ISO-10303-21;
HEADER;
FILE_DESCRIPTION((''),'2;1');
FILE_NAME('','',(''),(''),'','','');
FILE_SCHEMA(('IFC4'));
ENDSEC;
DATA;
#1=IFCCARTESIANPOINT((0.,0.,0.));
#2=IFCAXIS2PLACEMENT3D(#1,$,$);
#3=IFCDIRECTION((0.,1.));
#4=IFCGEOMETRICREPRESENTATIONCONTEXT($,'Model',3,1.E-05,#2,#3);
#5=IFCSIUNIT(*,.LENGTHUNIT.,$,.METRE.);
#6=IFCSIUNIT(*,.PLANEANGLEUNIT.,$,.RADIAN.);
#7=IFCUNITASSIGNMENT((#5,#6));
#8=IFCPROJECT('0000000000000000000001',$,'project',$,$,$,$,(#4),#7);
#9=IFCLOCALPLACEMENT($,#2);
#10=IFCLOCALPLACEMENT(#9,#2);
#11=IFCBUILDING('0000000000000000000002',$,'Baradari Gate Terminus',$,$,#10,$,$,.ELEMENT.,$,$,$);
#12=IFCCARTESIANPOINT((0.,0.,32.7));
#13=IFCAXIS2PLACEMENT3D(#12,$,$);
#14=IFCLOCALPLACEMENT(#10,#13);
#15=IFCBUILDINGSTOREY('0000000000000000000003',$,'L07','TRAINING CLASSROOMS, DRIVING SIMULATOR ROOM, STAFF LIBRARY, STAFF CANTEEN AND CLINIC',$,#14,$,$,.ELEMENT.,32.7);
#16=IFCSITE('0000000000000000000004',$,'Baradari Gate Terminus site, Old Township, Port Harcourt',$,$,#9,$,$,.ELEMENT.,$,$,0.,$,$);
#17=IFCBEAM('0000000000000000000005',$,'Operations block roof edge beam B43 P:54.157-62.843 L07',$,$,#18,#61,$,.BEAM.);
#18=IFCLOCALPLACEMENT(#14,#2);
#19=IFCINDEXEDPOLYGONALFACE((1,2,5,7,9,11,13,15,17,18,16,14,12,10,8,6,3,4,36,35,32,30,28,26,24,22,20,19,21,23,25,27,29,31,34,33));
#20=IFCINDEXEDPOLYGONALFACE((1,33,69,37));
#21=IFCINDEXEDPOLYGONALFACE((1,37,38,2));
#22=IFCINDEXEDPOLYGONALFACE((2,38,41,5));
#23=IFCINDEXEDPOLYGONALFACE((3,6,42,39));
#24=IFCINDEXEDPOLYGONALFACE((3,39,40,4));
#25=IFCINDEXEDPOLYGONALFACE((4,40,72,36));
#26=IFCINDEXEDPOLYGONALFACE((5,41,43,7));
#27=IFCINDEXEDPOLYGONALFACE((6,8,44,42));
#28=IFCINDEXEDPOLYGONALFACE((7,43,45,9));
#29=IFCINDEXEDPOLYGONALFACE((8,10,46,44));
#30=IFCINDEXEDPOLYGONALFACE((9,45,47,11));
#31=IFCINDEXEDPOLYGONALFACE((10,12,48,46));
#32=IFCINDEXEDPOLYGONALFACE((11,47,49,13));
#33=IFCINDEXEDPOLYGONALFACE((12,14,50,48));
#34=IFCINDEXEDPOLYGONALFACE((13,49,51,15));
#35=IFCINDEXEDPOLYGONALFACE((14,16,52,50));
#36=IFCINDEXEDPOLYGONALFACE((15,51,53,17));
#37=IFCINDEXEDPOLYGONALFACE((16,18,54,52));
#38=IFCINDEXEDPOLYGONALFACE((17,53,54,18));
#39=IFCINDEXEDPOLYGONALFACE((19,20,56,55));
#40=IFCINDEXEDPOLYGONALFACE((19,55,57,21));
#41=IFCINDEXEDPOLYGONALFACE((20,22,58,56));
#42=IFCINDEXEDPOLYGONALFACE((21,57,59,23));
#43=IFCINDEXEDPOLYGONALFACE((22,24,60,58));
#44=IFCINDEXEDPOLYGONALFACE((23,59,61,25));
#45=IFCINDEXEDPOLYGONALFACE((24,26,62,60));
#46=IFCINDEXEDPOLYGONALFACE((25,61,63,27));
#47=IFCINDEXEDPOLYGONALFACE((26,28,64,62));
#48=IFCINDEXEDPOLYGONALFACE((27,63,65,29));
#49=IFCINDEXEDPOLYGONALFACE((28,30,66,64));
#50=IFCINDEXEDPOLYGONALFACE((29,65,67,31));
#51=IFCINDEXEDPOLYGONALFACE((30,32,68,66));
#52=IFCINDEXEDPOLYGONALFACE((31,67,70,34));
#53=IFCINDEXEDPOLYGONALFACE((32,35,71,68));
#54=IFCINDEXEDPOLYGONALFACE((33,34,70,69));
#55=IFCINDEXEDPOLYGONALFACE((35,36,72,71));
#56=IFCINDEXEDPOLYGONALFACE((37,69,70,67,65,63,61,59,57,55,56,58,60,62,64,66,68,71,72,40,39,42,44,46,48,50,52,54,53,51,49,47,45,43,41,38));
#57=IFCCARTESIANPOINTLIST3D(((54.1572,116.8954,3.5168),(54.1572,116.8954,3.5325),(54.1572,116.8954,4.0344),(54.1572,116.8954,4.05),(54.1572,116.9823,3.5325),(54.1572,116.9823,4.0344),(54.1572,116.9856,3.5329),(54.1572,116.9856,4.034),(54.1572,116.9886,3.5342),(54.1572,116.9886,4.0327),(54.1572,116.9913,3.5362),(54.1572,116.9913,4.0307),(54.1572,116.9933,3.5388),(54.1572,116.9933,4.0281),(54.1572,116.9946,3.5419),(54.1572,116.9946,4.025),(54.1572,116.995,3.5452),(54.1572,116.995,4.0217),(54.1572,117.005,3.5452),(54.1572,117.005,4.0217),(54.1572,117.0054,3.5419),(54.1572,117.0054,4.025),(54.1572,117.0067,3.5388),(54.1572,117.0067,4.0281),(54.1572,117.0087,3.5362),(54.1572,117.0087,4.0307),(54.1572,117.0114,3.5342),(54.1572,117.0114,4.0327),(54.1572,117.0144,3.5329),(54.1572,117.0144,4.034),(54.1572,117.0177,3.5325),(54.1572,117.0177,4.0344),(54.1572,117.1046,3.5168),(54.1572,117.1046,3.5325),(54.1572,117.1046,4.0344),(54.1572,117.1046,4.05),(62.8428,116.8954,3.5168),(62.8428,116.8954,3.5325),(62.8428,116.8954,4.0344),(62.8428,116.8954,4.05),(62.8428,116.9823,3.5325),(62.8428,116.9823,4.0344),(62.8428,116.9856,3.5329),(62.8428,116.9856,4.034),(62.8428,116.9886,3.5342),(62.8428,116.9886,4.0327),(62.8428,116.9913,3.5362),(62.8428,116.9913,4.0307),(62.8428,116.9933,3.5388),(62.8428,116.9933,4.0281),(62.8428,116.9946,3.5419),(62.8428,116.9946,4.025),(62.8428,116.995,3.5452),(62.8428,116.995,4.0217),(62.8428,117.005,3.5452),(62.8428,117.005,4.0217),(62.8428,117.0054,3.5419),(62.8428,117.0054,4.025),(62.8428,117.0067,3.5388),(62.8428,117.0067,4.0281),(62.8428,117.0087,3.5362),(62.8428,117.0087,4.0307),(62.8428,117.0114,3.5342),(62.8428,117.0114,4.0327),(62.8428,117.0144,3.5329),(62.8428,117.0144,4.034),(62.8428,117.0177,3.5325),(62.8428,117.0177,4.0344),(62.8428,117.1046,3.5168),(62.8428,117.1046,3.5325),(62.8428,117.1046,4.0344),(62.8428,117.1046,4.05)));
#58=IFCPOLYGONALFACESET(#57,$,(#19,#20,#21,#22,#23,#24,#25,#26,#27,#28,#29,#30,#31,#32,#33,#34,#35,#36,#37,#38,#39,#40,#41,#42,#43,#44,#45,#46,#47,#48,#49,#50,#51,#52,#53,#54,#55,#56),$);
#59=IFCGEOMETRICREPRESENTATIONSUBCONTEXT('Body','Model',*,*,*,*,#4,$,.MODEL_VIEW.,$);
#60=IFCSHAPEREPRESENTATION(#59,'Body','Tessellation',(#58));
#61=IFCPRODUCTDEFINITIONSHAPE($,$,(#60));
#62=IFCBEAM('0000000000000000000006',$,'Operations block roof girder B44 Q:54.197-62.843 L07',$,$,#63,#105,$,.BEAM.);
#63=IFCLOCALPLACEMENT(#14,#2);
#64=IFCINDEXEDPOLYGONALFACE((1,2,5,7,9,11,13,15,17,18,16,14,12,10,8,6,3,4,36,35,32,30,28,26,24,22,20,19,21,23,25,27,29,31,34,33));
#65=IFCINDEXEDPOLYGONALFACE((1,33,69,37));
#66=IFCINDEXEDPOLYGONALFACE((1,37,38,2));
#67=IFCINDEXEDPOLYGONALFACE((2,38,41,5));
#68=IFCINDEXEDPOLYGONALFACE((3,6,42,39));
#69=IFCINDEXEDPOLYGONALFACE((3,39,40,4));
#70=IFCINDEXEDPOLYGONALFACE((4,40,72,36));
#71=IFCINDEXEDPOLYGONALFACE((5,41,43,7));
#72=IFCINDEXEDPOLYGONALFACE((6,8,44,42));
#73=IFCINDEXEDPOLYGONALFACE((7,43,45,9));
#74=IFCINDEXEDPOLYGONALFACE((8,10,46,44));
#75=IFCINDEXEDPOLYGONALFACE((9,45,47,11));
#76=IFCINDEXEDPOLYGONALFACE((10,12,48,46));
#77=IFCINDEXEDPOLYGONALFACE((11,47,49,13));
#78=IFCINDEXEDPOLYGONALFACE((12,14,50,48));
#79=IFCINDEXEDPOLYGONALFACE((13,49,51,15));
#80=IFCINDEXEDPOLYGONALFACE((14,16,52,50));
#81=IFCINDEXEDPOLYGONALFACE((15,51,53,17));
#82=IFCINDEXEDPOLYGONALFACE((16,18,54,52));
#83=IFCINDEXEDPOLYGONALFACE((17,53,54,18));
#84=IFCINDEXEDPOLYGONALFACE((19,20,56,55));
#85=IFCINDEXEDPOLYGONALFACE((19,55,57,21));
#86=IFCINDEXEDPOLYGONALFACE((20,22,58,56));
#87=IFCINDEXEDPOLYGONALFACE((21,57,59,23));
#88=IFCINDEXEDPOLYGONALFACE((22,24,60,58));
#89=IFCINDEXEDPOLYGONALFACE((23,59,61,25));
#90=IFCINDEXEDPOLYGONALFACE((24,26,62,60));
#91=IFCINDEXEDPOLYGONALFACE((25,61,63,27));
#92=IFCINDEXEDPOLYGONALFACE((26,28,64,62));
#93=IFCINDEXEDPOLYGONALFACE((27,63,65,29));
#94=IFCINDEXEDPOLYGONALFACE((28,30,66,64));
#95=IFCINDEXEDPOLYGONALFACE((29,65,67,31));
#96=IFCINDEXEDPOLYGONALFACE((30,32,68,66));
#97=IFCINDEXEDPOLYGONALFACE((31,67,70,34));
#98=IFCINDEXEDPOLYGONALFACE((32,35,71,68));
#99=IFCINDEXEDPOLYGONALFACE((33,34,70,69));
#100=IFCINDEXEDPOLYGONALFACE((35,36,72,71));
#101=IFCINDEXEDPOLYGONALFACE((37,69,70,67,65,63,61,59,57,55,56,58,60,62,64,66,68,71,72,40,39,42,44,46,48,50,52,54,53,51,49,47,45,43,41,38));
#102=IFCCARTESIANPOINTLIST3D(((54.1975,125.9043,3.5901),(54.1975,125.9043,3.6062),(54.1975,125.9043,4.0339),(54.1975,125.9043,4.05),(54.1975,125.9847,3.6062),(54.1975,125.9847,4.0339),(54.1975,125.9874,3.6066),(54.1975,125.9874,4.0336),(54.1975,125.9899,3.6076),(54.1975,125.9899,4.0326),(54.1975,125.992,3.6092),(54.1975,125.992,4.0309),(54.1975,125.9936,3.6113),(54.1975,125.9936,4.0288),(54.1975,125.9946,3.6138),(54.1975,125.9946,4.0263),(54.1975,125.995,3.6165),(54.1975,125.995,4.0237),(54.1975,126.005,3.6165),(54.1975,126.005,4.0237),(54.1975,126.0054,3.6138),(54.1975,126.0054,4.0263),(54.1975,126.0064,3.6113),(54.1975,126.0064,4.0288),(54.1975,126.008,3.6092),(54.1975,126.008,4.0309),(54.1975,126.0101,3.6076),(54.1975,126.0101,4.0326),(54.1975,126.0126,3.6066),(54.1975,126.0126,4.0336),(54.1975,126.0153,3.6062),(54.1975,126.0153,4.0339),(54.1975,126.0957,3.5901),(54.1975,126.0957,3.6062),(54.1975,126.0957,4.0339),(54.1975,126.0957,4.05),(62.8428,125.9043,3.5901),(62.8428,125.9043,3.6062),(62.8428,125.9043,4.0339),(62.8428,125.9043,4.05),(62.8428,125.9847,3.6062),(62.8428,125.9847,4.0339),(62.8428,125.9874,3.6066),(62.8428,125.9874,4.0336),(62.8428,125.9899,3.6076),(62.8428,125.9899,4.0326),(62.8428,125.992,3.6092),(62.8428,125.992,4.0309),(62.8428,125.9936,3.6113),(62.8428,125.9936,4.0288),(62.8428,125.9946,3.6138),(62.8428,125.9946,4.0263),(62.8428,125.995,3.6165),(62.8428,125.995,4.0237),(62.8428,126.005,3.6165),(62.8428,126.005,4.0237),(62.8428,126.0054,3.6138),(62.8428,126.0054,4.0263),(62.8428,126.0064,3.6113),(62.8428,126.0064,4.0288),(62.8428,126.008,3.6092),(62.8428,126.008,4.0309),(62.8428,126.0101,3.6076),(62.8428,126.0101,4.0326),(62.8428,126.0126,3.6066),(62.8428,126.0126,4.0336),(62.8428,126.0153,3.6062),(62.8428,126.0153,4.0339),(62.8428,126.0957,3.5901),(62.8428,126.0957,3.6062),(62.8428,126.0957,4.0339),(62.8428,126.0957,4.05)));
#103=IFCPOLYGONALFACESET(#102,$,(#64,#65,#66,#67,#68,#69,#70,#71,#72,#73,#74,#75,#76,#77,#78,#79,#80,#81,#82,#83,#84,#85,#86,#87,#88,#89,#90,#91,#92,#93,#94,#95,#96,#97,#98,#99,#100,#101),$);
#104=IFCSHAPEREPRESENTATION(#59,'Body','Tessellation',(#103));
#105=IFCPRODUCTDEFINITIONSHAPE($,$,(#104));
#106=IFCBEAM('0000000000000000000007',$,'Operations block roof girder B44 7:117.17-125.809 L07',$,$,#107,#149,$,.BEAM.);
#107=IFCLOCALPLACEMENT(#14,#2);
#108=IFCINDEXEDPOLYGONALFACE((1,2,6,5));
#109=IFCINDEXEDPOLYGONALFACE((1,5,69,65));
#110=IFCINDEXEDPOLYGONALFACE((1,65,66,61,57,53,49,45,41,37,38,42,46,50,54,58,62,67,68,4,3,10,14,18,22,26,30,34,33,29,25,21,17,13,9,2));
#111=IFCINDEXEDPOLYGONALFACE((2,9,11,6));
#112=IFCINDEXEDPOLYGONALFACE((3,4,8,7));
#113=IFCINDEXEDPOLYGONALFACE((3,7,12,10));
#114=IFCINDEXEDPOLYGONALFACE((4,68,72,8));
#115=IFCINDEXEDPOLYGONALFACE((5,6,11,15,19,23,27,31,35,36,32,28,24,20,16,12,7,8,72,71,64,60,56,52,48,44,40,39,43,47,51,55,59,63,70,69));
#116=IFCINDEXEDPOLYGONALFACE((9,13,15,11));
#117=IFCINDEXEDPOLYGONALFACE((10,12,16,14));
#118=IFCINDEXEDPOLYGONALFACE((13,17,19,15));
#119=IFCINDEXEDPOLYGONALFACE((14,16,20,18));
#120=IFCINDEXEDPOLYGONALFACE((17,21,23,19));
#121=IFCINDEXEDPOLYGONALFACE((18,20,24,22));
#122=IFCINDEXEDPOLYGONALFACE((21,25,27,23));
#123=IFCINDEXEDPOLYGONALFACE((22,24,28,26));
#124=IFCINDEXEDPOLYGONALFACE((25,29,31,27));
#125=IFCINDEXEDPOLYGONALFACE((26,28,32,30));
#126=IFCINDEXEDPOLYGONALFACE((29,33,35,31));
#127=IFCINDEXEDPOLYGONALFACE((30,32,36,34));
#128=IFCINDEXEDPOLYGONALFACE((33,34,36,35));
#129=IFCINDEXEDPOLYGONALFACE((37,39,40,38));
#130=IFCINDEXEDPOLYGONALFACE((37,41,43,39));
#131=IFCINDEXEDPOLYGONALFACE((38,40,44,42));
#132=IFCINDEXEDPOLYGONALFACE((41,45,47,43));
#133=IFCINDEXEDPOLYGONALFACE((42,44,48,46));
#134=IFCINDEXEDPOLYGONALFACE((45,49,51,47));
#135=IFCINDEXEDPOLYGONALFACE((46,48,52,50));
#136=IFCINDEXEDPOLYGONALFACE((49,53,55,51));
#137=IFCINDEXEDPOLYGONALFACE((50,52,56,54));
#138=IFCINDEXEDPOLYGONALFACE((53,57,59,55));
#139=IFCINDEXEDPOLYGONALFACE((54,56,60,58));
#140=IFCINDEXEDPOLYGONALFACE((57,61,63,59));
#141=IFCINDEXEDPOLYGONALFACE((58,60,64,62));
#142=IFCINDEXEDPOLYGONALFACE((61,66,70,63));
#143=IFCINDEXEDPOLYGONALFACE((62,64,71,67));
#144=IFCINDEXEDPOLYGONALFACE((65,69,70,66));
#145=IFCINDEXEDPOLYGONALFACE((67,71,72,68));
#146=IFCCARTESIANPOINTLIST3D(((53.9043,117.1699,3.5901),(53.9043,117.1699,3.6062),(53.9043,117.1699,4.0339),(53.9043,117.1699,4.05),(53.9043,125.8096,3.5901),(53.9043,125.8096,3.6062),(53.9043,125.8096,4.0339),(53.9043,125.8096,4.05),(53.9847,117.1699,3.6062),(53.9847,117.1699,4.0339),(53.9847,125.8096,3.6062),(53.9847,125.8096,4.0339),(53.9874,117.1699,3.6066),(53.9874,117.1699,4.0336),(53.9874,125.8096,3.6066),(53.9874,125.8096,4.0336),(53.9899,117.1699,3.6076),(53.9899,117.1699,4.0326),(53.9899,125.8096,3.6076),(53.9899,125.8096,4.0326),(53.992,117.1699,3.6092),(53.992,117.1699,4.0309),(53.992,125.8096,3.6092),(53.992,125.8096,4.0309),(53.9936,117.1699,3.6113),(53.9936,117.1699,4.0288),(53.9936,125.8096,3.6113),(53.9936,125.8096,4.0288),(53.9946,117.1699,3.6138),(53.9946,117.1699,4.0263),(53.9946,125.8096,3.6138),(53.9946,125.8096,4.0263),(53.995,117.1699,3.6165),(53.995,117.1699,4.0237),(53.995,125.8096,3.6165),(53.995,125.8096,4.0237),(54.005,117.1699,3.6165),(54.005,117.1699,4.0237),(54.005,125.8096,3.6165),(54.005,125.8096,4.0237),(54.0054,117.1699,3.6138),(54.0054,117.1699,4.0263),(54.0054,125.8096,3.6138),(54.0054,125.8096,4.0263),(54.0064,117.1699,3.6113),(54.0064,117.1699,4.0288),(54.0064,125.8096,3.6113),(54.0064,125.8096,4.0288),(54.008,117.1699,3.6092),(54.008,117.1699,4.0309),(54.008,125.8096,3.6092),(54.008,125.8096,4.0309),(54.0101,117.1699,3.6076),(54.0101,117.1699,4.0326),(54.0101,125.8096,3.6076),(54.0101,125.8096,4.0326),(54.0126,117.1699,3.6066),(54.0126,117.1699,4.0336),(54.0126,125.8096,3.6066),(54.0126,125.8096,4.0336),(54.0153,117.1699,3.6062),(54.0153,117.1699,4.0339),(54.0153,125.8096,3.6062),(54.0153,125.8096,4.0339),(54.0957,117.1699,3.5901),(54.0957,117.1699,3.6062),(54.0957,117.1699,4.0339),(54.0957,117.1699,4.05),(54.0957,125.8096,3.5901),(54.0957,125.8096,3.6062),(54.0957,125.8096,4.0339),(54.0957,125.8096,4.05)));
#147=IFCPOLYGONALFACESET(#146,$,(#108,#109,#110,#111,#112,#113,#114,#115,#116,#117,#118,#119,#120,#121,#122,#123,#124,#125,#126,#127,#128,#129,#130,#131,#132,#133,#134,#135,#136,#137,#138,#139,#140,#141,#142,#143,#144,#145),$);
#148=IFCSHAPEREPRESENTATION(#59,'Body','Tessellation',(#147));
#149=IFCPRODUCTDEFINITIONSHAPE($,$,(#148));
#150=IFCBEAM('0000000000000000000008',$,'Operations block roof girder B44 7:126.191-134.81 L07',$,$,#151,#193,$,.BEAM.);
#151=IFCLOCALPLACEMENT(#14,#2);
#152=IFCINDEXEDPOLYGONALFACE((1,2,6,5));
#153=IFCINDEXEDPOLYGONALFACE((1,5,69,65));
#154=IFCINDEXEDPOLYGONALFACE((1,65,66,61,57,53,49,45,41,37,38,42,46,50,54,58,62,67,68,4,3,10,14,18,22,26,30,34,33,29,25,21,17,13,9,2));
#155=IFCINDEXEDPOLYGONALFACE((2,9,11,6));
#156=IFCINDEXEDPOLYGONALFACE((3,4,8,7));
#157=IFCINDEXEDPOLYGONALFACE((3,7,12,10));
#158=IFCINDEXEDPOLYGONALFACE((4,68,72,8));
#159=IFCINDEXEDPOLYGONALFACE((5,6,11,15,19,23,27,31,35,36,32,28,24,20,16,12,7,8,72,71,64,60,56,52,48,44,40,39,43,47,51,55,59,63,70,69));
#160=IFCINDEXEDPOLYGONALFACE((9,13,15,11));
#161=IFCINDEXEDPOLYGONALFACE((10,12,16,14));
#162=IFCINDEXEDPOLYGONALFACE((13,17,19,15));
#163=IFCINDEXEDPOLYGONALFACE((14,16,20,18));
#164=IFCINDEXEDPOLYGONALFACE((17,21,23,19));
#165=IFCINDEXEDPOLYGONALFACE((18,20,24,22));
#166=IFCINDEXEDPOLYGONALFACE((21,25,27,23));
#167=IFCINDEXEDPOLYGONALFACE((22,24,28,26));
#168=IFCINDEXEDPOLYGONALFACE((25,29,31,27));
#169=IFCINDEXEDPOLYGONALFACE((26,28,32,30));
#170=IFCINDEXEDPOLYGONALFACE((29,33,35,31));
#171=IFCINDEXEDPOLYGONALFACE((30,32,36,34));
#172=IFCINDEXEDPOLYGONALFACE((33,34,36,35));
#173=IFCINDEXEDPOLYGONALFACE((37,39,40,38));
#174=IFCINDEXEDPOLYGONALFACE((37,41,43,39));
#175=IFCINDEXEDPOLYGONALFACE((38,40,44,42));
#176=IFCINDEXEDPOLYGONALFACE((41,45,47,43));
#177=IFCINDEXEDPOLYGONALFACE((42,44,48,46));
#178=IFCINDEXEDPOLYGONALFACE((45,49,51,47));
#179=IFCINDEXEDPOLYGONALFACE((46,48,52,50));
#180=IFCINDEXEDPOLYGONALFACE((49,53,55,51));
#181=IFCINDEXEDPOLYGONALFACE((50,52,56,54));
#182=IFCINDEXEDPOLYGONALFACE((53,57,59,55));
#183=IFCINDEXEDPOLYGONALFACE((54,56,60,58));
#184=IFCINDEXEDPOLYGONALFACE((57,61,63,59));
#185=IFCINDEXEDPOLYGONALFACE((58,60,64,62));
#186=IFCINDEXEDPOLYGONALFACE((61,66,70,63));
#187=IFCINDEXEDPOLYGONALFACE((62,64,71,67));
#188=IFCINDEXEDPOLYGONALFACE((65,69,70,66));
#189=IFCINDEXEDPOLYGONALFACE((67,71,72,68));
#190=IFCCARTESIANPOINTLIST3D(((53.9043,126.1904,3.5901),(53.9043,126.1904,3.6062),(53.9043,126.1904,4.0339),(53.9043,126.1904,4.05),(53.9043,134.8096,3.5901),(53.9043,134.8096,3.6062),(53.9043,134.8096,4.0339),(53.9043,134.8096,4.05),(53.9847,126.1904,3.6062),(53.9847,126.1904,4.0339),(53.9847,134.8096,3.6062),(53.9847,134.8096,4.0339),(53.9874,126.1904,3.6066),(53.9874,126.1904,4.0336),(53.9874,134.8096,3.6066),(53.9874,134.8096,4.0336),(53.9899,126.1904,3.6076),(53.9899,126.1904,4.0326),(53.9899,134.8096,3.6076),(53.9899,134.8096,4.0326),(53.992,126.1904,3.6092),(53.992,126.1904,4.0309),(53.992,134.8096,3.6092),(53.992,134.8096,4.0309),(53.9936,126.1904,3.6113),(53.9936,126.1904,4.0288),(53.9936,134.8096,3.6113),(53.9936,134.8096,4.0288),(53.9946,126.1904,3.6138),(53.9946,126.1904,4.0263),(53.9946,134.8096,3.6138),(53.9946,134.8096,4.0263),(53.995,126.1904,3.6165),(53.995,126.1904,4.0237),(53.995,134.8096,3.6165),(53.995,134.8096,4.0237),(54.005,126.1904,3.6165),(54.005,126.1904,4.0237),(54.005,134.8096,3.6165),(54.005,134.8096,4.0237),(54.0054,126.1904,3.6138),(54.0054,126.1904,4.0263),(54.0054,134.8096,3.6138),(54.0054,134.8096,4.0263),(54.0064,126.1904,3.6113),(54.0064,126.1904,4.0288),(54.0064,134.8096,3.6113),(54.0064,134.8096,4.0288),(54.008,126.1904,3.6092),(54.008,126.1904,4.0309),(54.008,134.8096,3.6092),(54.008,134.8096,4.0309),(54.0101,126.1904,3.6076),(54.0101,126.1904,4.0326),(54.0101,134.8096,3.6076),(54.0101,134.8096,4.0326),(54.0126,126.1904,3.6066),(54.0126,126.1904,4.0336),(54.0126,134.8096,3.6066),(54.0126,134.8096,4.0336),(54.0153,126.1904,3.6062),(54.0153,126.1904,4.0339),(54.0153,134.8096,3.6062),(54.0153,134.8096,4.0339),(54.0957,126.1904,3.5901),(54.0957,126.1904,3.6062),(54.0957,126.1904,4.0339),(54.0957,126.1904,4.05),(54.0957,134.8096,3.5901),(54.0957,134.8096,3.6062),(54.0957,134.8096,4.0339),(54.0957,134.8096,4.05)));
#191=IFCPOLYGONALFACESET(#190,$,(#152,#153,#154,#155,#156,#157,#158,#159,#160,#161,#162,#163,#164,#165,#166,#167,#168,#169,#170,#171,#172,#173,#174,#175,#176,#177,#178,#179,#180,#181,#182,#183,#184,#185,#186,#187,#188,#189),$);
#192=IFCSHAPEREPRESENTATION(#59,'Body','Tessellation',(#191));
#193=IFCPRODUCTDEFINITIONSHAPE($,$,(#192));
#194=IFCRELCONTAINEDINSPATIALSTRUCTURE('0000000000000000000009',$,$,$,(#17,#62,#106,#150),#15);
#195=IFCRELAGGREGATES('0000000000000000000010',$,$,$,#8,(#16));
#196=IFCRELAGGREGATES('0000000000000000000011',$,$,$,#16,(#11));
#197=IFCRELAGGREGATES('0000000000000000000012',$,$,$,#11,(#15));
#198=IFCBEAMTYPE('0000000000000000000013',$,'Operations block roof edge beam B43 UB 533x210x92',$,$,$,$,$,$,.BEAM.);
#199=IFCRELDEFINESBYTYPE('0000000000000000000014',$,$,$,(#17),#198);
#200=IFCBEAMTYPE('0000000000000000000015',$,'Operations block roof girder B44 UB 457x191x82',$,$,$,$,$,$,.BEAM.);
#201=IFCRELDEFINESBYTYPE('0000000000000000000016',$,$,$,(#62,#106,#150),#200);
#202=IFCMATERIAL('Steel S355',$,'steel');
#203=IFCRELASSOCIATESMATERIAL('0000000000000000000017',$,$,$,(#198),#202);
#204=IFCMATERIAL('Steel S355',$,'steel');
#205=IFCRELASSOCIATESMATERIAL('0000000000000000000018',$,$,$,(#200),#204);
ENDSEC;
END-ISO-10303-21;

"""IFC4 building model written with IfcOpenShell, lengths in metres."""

from ifc_helpers import new_model, si_unit, direction, frame, origin, origin_2d, place, context, subcontext, project, spatial, i_section, extrude, material, material_profile, profile_set, type_object, element, save


model = new_model("IFC4")

# Units and contexts
model_context = context("Model", 3, precision=1e-05, world=origin(), true_north=direction((0.0, 1.0)))
body_context = subcontext(model_context, "Body", "Model", "MODEL_VIEW")
ifc_project = project(units=[si_unit("LENGTHUNIT", "METRE"), si_unit("PLANEANGLEUNIT", "RADIAN")], contexts=[model_context])

# Site, building, storey
site_placement = place(None, origin())
site = spatial("IfcSite", under=ifc_project, at=site_placement, Name="Baradari Gate Terminus site, Old Township, Port Harcourt", CompositionType="ELEMENT", RefElevation=0.0)
building_placement = place(site_placement, origin())
building = spatial("IfcBuilding", under=site, at=building_placement, Name="Baradari Gate Terminus", CompositionType="ELEMENT")
storey_placement = place(building_placement, frame((0.0, 0.0, 32.7)))
storey = spatial("IfcBuildingStorey", under=building, at=storey_placement, Name="L07", Description="TRAINING CLASSROOMS, DRIVING SIMULATOR ROOM, STAFF LIBRARY, STAFF CANTEEN AND CLINIC", CompositionType="ELEMENT", Elevation=32.7)

# Beams
ifc_material_1 = material(Name="Steel S355", Category="steel")
ifc_material_profile_1 = material_profile(ifc_material_1, i_section(OverallWidth=0.2092, OverallDepth=0.5332, WebThickness=0.01, FlangeThickness=0.0156, FilletRadius=0.0127, at=origin_2d()), Name="UB 533x210x92")
ifc_profile_set_1 = profile_set([ifc_material_profile_1], Name="Steel S355")
beam_type_1 = type_object("IfcBeamType", Name="Operations block roof edge beam B43 UB 533x210x92", PredefinedType="BEAM", material=ifc_profile_set_1)
beam_1_placement = place(storey_placement, frame((54.1572, 117.0, 3.7834), z_axis=(1.0, 0.0, 0.0), x_axis=(0.0, 1.0, 0.0)))
element("IfcBeam", 1, at=beam_1_placement, inside=storey, type_object=beam_type_1, Name="Operations block roof edge beam B43 P:54.157-62.843 L07", PredefinedType="BEAM", context=body_context, shape_type="SweptSolid", body=[
    extrude(i_section(OverallWidth=0.2092, OverallDepth=0.5332, WebThickness=0.01, FlangeThickness=0.0156, FilletRadius=0.0127, at=origin_2d()), origin(), (0.0, 0.0, 1.0), 8.6855),
])
ifc_material_2 = material(Name="Steel S355", Category="steel")
ifc_material_profile_2 = material_profile(ifc_material_2, i_section(OverallWidth=0.1914, OverallDepth=0.46, WebThickness=0.01, FlangeThickness=0.0161, FilletRadius=0.0103, at=origin_2d()), Name="UB 457x191x82")
ifc_profile_set_2 = profile_set([ifc_material_profile_2], Name="Steel S355")
beam_type_2 = type_object("IfcBeamType", Name="Operations block roof girder B44 UB 457x191x82", PredefinedType="BEAM", material=ifc_profile_set_2)
beam_2_placement = place(storey_placement, frame((54.1975, 126.0, 3.8201), z_axis=(1.0, 0.0, 0.0), x_axis=(0.0, 1.0, 0.0)))
element("IfcBeam", 2, at=beam_2_placement, inside=storey, type_object=beam_type_2, Name="Operations block roof girder B44 Q:54.197-62.843 L07", PredefinedType="BEAM", context=body_context, shape_type="SweptSolid", body=[
    extrude(i_section(OverallWidth=0.1914, OverallDepth=0.46, WebThickness=0.01, FlangeThickness=0.0161, FilletRadius=0.0103, at=origin_2d()), origin(), (0.0, 0.0, 1.0), 8.6453),
])
beam_3_placement = place(storey_placement, frame((54.0, 117.1699, 3.8201), z_axis=(0.0, 1.0, 0.0), x_axis=(-1.0, 0.0, 0.0)))
element("IfcBeam", 3, at=beam_3_placement, inside=storey, type_object=beam_type_2, Name="Operations block roof girder B44 7:117.17-125.809 L07", PredefinedType="BEAM", context=body_context, shape_type="SweptSolid", body=[
    extrude(i_section(OverallWidth=0.1914, OverallDepth=0.46, WebThickness=0.01, FlangeThickness=0.0161, FilletRadius=0.0103, at=origin_2d()), origin(), (0.0, 0.0, 1.0), 8.6396),
])
beam_4_placement = place(storey_placement, frame((54.0, 126.1904, 3.8201), z_axis=(0.0, 1.0, 0.0), x_axis=(-1.0, 0.0, 0.0)))
element("IfcBeam", 4, at=beam_4_placement, inside=storey, type_object=beam_type_2, Name="Operations block roof girder B44 7:126.191-134.81 L07", PredefinedType="BEAM", context=body_context, shape_type="SweptSolid", body=[
    extrude(i_section(OverallWidth=0.1914, OverallDepth=0.46, WebThickness=0.01, FlangeThickness=0.0161, FilletRadius=0.0103, at=origin_2d()), origin(), (0.0, 0.0, 1.0), 8.6191),
])

save(model, "model.ifc")
